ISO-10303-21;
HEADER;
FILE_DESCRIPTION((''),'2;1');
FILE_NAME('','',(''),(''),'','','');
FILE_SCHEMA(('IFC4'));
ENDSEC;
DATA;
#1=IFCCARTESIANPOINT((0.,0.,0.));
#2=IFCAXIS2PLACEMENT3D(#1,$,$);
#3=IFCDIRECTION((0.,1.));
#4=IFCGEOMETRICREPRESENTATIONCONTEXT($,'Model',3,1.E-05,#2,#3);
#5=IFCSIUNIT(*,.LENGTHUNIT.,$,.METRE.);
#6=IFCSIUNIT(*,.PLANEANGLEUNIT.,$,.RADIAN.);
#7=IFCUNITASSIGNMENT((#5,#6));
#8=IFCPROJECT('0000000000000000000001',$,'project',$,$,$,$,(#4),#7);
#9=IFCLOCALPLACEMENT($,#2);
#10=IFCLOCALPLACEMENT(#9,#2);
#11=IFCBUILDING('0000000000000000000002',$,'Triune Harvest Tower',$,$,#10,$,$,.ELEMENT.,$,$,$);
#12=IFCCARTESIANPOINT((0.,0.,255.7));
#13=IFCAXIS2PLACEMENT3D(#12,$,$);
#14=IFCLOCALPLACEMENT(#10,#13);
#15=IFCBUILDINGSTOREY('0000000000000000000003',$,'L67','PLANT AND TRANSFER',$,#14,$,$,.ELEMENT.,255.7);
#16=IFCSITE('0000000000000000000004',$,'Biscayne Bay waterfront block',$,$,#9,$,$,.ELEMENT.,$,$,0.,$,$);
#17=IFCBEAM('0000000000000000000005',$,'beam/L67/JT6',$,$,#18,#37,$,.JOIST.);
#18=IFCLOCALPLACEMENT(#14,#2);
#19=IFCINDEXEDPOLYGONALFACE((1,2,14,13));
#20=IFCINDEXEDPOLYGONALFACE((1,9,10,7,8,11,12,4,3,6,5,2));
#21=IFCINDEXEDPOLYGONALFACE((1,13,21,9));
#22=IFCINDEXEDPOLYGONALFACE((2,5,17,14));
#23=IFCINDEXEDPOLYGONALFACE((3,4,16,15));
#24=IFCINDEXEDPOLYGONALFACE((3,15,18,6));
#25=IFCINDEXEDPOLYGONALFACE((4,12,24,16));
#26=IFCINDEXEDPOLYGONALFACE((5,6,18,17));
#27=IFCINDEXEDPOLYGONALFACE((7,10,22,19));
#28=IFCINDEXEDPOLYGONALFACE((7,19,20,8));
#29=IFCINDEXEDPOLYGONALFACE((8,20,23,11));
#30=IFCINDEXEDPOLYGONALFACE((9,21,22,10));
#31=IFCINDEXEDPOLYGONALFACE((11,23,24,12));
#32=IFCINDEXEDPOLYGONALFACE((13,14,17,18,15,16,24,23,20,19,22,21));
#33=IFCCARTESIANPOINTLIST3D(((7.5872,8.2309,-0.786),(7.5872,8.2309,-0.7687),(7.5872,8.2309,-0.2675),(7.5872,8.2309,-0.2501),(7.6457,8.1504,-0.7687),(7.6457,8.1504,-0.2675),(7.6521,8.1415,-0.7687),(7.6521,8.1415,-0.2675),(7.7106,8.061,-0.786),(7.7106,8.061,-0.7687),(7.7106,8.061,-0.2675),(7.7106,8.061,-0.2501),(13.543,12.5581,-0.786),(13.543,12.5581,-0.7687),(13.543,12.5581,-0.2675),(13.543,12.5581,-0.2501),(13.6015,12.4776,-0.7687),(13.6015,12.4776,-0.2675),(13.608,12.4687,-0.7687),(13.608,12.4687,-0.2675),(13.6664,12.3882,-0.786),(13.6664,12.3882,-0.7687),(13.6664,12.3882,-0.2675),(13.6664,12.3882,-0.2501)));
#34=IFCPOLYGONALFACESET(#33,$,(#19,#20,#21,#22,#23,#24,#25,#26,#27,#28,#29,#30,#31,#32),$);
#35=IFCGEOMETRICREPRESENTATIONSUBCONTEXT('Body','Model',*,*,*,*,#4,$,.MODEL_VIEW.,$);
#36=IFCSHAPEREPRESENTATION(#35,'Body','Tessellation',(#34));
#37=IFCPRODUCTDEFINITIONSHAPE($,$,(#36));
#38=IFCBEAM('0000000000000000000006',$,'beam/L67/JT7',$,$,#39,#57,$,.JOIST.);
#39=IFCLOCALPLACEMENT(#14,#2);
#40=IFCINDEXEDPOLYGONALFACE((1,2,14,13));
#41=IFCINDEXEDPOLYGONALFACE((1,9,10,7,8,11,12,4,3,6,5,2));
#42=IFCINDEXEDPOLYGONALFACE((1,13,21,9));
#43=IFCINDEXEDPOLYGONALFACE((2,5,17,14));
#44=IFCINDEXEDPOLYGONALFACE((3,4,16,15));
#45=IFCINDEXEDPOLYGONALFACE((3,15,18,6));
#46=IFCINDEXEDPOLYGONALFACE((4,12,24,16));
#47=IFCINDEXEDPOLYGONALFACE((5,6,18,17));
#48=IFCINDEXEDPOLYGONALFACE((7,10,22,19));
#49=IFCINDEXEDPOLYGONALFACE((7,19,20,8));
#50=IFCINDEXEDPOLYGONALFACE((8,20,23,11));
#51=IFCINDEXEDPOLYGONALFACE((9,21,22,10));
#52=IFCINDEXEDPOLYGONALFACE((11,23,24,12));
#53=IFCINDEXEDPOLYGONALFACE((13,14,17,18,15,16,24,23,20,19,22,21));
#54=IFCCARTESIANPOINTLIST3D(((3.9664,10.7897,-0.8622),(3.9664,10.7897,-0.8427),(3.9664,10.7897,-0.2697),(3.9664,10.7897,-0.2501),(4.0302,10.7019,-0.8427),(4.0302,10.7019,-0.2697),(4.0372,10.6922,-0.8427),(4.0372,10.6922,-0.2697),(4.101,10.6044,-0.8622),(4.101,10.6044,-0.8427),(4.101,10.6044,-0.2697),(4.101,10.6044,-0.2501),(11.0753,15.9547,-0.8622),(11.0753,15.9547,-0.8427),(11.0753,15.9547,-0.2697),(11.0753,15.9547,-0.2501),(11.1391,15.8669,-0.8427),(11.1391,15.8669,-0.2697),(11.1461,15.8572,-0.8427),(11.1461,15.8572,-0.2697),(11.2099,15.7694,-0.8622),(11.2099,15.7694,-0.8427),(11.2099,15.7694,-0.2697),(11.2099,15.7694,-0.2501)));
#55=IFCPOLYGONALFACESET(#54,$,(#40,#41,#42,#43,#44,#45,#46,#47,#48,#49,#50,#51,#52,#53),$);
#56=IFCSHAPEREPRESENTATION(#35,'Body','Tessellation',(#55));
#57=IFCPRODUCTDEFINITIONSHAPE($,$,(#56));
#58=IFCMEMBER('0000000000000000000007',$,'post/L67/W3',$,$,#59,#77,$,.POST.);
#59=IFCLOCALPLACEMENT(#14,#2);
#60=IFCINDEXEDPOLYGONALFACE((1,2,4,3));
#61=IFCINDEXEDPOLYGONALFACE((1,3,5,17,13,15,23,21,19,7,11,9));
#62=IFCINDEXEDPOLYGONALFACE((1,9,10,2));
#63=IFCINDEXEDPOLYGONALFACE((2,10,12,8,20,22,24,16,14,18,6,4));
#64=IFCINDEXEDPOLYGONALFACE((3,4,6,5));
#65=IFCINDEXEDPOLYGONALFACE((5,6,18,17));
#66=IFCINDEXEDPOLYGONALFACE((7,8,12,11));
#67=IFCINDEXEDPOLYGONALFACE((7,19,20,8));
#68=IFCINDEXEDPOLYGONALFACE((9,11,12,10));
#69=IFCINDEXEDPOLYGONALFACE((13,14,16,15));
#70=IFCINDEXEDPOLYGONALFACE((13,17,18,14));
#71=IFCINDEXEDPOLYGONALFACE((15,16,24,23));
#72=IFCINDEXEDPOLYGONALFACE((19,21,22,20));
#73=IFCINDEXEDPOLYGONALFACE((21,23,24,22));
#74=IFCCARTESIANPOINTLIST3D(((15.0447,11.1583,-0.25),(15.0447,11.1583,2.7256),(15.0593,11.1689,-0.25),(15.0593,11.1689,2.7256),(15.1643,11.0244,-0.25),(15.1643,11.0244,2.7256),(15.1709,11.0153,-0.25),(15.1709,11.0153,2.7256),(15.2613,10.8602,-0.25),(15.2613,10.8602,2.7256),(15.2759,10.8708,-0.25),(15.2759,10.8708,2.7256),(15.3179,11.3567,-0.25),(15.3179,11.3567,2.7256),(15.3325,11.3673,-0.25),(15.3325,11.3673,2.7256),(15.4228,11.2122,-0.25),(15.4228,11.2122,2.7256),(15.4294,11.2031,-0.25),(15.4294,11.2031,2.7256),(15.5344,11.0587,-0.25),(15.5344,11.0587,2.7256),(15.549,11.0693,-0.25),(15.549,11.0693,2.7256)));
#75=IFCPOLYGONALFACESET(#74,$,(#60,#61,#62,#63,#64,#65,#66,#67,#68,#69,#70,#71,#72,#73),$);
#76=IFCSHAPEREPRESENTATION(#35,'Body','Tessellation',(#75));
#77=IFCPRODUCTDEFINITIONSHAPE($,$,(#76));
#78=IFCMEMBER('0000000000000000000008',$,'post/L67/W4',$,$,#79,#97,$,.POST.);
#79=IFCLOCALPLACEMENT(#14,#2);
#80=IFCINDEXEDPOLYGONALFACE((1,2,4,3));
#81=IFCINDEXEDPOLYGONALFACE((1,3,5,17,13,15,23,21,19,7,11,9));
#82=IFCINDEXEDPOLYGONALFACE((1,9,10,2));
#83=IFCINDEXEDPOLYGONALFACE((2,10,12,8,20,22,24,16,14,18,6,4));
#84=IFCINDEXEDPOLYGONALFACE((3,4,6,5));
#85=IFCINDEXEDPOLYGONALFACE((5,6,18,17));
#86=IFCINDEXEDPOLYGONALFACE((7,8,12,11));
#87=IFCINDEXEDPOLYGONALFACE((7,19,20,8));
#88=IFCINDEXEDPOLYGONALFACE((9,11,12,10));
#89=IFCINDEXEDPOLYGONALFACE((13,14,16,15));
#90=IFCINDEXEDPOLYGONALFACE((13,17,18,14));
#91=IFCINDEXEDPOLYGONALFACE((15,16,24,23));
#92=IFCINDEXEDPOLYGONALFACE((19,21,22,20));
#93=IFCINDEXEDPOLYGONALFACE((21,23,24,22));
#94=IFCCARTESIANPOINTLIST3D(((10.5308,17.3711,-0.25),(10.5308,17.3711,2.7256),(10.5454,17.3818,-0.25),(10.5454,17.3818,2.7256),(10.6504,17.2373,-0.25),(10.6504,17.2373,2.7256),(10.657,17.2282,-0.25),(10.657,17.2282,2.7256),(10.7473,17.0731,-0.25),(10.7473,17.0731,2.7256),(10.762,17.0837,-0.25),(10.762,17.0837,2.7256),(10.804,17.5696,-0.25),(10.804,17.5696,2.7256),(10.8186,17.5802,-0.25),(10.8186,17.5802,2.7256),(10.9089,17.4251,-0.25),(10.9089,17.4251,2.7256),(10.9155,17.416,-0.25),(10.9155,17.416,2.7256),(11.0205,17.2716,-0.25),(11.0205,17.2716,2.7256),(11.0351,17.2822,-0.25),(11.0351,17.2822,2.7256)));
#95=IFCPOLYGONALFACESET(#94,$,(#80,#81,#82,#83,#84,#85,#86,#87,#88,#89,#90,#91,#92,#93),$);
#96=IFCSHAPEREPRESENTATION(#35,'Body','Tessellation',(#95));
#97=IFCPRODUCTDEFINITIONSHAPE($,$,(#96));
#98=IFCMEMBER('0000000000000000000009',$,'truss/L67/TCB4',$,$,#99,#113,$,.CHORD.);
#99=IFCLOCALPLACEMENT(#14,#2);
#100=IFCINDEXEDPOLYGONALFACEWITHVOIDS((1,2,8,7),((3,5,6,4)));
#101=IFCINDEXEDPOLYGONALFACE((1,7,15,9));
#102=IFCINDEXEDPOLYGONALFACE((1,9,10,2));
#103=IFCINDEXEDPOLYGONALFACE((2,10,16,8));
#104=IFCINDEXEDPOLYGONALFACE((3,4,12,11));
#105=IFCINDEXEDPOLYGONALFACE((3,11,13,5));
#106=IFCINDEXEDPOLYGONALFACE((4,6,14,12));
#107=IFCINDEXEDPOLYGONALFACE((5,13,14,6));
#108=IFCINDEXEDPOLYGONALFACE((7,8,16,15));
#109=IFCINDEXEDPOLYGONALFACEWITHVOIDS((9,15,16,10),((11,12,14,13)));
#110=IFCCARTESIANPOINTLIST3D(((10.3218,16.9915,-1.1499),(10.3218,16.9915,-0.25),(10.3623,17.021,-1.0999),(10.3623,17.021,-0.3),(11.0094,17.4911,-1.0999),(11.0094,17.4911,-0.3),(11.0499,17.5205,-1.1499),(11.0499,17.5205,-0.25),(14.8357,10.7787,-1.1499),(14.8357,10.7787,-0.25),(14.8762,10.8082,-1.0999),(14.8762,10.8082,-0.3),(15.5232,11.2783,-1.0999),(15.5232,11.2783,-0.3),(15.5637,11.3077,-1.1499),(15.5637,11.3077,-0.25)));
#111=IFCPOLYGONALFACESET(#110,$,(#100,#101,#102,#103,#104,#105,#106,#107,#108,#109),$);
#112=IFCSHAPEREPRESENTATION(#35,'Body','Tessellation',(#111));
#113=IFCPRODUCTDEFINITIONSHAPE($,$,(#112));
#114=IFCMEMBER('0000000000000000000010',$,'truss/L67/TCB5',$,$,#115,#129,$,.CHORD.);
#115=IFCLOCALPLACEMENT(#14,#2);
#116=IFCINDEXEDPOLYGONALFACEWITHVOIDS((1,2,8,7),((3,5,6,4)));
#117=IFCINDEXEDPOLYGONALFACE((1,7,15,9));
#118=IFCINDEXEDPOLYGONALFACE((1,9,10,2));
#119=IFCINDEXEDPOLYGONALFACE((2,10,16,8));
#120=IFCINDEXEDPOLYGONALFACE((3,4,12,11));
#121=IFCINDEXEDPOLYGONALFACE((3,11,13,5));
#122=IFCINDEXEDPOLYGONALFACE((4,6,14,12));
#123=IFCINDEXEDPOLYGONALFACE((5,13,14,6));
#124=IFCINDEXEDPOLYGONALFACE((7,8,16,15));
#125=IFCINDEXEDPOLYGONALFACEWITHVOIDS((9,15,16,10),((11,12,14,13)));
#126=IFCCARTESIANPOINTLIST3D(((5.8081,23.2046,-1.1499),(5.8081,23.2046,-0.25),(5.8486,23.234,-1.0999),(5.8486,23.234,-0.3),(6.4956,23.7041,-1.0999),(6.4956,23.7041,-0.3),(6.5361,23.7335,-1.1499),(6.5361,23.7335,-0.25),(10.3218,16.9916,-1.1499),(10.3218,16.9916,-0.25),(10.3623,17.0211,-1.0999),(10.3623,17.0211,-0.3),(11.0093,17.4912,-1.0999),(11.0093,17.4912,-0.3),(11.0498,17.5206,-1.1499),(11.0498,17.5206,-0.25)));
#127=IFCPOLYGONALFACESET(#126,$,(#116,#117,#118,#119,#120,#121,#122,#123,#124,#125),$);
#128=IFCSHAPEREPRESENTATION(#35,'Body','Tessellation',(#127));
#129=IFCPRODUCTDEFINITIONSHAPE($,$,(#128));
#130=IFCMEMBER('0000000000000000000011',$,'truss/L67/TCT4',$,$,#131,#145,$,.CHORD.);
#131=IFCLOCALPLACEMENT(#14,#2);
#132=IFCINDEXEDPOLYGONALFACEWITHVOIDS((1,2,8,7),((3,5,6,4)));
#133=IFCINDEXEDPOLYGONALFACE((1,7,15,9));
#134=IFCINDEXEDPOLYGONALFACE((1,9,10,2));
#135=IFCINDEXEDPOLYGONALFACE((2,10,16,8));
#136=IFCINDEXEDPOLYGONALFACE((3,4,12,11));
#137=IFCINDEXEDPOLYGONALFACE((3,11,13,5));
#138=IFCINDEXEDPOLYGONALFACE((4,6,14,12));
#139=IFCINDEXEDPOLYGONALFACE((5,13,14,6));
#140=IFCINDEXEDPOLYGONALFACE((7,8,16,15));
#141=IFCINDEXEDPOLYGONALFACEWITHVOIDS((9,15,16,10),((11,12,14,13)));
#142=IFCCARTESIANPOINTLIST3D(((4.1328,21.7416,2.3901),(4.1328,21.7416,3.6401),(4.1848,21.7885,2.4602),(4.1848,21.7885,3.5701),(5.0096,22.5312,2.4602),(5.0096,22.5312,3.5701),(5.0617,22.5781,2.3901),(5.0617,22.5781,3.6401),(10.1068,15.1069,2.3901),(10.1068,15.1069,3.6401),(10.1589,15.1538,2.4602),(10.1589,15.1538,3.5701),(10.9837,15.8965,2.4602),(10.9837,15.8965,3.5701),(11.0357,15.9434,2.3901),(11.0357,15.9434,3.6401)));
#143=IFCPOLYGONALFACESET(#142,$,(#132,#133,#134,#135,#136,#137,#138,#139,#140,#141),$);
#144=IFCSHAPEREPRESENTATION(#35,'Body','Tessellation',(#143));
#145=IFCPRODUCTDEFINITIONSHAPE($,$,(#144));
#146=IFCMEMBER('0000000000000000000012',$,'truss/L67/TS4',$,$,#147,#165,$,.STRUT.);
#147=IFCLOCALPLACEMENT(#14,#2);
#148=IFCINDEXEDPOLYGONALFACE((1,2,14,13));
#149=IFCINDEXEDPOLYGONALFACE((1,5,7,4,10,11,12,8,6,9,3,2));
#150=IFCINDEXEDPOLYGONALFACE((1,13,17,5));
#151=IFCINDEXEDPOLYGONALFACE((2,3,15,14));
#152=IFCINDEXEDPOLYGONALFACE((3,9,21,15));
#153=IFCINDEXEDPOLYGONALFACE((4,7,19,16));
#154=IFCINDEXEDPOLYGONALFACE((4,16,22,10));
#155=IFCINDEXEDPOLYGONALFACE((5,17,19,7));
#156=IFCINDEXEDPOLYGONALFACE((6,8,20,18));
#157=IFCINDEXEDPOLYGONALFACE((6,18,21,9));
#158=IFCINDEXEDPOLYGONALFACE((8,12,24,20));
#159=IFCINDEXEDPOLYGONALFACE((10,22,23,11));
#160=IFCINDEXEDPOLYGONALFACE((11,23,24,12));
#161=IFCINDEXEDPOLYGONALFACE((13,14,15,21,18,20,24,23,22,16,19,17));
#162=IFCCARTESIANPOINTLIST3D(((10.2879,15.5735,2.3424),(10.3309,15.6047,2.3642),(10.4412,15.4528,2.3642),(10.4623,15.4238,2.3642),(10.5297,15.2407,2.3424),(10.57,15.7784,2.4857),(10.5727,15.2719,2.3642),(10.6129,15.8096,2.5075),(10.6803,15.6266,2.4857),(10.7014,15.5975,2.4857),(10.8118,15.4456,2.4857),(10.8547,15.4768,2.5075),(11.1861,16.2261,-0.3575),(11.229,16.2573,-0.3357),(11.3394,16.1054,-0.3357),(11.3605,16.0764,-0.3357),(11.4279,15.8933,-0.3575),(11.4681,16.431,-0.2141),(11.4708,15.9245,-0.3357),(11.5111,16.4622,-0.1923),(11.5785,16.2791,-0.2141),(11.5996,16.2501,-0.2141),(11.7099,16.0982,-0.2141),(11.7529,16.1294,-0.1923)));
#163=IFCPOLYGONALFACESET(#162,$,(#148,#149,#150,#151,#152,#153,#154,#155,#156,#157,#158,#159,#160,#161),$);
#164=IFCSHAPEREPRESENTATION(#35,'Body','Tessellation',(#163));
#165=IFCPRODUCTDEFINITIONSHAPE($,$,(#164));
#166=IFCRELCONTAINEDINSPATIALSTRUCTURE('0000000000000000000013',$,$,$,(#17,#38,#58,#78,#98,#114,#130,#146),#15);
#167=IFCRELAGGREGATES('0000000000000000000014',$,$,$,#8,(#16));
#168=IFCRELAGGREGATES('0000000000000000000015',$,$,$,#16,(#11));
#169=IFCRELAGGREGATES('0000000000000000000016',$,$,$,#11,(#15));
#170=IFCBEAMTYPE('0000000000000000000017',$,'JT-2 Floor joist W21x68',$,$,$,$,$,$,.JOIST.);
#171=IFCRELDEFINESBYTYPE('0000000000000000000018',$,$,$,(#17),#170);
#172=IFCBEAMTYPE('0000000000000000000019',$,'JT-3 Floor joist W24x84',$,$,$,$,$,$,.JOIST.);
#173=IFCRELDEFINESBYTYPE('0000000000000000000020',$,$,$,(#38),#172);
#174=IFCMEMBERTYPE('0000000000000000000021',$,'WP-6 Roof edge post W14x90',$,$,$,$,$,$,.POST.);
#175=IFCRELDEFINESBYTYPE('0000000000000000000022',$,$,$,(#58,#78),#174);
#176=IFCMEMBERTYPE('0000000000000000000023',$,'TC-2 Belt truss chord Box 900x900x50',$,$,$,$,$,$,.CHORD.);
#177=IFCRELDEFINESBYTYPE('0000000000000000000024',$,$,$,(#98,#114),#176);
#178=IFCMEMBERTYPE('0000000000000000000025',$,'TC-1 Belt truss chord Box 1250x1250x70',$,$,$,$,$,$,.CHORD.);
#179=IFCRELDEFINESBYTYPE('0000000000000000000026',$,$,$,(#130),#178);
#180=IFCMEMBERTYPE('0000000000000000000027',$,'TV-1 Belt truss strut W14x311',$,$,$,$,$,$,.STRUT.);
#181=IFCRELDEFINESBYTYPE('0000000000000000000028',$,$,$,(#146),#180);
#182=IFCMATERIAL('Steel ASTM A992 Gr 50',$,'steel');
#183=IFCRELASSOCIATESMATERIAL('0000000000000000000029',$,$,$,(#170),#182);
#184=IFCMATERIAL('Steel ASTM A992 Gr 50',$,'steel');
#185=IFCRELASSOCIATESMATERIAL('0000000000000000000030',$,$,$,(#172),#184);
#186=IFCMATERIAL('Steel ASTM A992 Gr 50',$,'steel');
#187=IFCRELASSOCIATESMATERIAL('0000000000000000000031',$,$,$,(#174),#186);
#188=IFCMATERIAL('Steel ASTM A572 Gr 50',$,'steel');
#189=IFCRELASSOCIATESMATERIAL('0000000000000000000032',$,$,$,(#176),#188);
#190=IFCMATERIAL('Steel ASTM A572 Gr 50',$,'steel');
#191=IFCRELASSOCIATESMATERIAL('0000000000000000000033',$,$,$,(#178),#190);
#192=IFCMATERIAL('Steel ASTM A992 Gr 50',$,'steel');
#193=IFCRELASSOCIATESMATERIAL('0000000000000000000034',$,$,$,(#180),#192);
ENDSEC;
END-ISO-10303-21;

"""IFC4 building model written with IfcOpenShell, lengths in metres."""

from ifc_helpers import new_model, si_unit, direction, frame, origin, origin_2d, place, context, subcontext, project, spatial, hollow_rectangle, i_section, extrude, source, transform, mapped, material, material_profile, profile_set, type_object, element, save


model = new_model("IFC4")

# Units and contexts
model_context = context("Model", 3, precision=1e-05, world=origin(), true_north=direction((0.0, 1.0)))
body_context = subcontext(model_context, "Body", "Model", "MODEL_VIEW")
ifc_project = project(units=[si_unit("LENGTHUNIT", "METRE"), si_unit("PLANEANGLEUNIT", "RADIAN")], contexts=[model_context])

# Site, building, storey
site_placement = place(None, origin())
site = spatial("IfcSite", under=ifc_project, at=site_placement, Name="Biscayne Bay waterfront block", CompositionType="ELEMENT", RefElevation=0.0)
building_placement = place(site_placement, origin())
building = spatial("IfcBuilding", under=site, at=building_placement, Name="Triune Harvest Tower", CompositionType="ELEMENT")
storey_placement = place(building_placement, frame((0.0, 0.0, 255.7)))
storey = spatial("IfcBuildingStorey", under=building, at=storey_placement, Name="L67", Description="PLANT AND TRANSFER", CompositionType="ELEMENT", Elevation=255.7)

# Beams
ifc_material_1 = material(Name="Steel ASTM A992 Gr 50", Category="steel")
ifc_material_profile_1 = material_profile(ifc_material_1, i_section(OverallWidth=0.21, OverallDepth=0.5359, WebThickness=0.011, FlangeThickness=0.0173, at=origin_2d()), Name="W21x68")
ifc_profile_set_1 = profile_set([ifc_material_profile_1], Name="Steel ASTM A992 Gr 50")
beam_type_1 = type_object("IfcBeamType", Name="JT-2 Floor joist W21x68", PredefinedType="JOIST", material=ifc_profile_set_1)
shared_shape_1 = source(origin(), body_context, "Body", "SweptSolid", [
    extrude(i_section(OverallWidth=0.21, OverallDepth=0.5359, WebThickness=0.011, FlangeThickness=0.0173, at=origin_2d()), origin(), (0.0, 0.0, 1.0), 7.3618),
])
beam_1_placement = place(storey_placement, frame((13.6047, 12.4731, -0.5181), z_axis=(-0.809017, -0.587785, 0.0), x_axis=(0.587785, -0.809017, 0.0)))
element("IfcBeam", 1, at=beam_1_placement, inside=storey, type_object=beam_type_1, Name="beam/L67/JT6", PredefinedType="JOIST", context=body_context, shape_type="MappedRepresentation", body=[
    mapped(shared_shape_1, transform((0.0, 0.0, 0.0), scale=1.0)),
])
ifc_material_2 = material(Name="Steel ASTM A992 Gr 50", Category="steel")
ifc_material_profile_2 = material_profile(ifc_material_2, i_section(OverallWidth=0.229, OverallDepth=0.6121, WebThickness=0.012, FlangeThickness=0.0195, at=origin_2d()), Name="W24x84")
ifc_profile_set_2 = profile_set([ifc_material_profile_2], Name="Steel ASTM A992 Gr 50")
beam_type_2 = type_object("IfcBeamType", Name="JT-3 Floor joist W24x84", PredefinedType="JOIST", material=ifc_profile_set_2)
shared_shape_2 = source(origin(), body_context, "Body", "SweptSolid", [
    extrude(i_section(OverallWidth=0.229, OverallDepth=0.6121, WebThickness=0.012, FlangeThickness=0.0195, at=origin_2d()), origin(), (0.0, 0.0, 1.0), 8.7871),
])
beam_2_placement = place(storey_placement, frame((11.1426, 15.8621, -0.5562), z_axis=(-0.80901, -0.587795, 0.0), x_axis=(0.587795, -0.80901, 0.0)))
element("IfcBeam", 2, at=beam_2_placement, inside=storey, type_object=beam_type_2, Name="beam/L67/JT7", PredefinedType="JOIST", context=body_context, shape_type="MappedRepresentation", body=[
    mapped(shared_shape_2, transform((0.0, 0.0, 0.0), scale=1.0)),
])

# Members
ifc_material_3 = material(Name="Steel ASTM A992 Gr 50", Category="steel")
ifc_material_profile_3 = material_profile(ifc_material_3, i_section(OverallWidth=0.3684, OverallDepth=0.3557, WebThickness=0.0112, FlangeThickness=0.0181, at=origin_2d()), Name="W14x90")
ifc_profile_set_3 = profile_set([ifc_material_profile_3], Name="Steel ASTM A992 Gr 50")
member_type_1 = type_object("IfcMemberType", Name="WP-6 Roof edge post W14x90", PredefinedType="POST", material=ifc_profile_set_3)
shared_shape_3 = source(origin(), body_context, "Body", "SweptSolid", [
    extrude(i_section(OverallWidth=0.3684, OverallDepth=0.3557, WebThickness=0.0112, FlangeThickness=0.0181, at=origin_2d()), origin(), (0.0, 0.0, 1.0), 2.9756),
])
for number, where, z_axis, x_axis, name in (
    (3, (15.2969, 11.1138, -0.25), (0.0, 0.0, 1.0), (-0.587785, 0.809017, 0.0), "post/L67/W3"),
    (4, (10.783, 17.3267, -0.25), (0.0, 0.0, 1.0), (-0.587785, 0.809017, 0.0), "post/L67/W4"),
):
    element("IfcMember", number, at=place(storey_placement, frame(where, z_axis=z_axis, x_axis=x_axis)), inside=storey, type_object=member_type_1, Name=name, PredefinedType="POST", context=body_context, shape_type="MappedRepresentation", body=[
        mapped(shared_shape_3, transform((0.0, 0.0, 0.0), scale=1.0)),
    ])
ifc_material_4 = material(Name="Steel ASTM A572 Gr 50", Category="steel")
ifc_material_profile_4 = material_profile(ifc_material_4, hollow_rectangle(XDim=0.8999, YDim=0.8999, WallThickness=0.05, at=origin_2d()), Name="Box 900x900x50")
ifc_profile_set_4 = profile_set([ifc_material_profile_4], Name="Steel ASTM A572 Gr 50")
member_type_2 = type_object("IfcMemberType", Name="TC-2 Belt truss chord Box 900x900x50", PredefinedType="CHORD", material=ifc_profile_set_4)
shared_shape_4 = source(origin(), body_context, "Body", "SweptSolid", [
    extrude(hollow_rectangle(XDim=0.8999, YDim=0.8999, WallThickness=0.05, at=origin_2d()), origin(), (0.0, 0.0, 1.0), 7.6794),
])
for number, where, z_axis, x_axis, name in (
    (5, (15.1997, 11.0432, -0.7), (-0.587784, 0.809018, 0.0), (-0.809018, -0.587784, 0.0), "truss/L67/TCB4"),
    (6, (10.6858, 17.2561, -0.7), (-0.587763, 0.809033, 0.0), (-0.809033, -0.587763, 0.0), "truss/L67/TCB5"),
):
    element("IfcMember", number, at=place(storey_placement, frame(where, z_axis=z_axis, x_axis=x_axis)), inside=storey, type_object=member_type_2, Name=name, PredefinedType="CHORD", context=body_context, shape_type="MappedRepresentation", body=[
        mapped(shared_shape_4, transform((0.0, 0.0, 0.0), scale=1.0)),
    ])
ifc_material_5 = material(Name="Steel ASTM A572 Gr 50", Category="steel")
ifc_material_profile_5 = material_profile(ifc_material_5, hollow_rectangle(XDim=1.25, YDim=1.25, WallThickness=0.0701, at=origin_2d()), Name="Box 1250x1250x70")
ifc_profile_set_5 = profile_set([ifc_material_profile_5], Name="Steel ASTM A572 Gr 50")
member_type_3 = type_object("IfcMemberType", Name="TC-1 Belt truss chord Box 1250x1250x70", PredefinedType="CHORD", material=ifc_profile_set_5)
shared_shape_5 = source(origin(), body_context, "Body", "SweptSolid", [
    extrude(hollow_rectangle(XDim=1.25, YDim=1.25, WallThickness=0.0701, at=origin_2d()), origin(), (0.0, 0.0, 1.0), 8.928),
])
member_1_placement = place(storey_placement, frame((10.5713, 15.5251, 3.0151), z_axis=(-0.66914, 0.743136, 0.0), x_axis=(-0.743136, -0.66914, 0.0)))
element("IfcMember", 7, at=member_1_placement, inside=storey, type_object=member_type_3, Name="truss/L67/TCT4", PredefinedType="CHORD", context=body_context, shape_type="MappedRepresentation", body=[
    mapped(shared_shape_5, transform((0.0, 0.0, 0.0), scale=1.0)),
])
ifc_material_6 = material(Name="Steel ASTM A992 Gr 50", Category="steel")
ifc_material_profile_6 = material_profile(ifc_material_6, i_section(OverallWidth=0.4114, OverallDepth=0.4343, WebThickness=0.0359, FlangeThickness=0.0574, at=origin_2d()), Name="W14x311")
ifc_profile_set_6 = profile_set([ifc_material_profile_6], Name="Steel ASTM A992 Gr 50")
member_type_4 = type_object("IfcMemberType", Name="TV-1 Belt truss strut W14x311", PredefinedType="STRUT", material=ifc_profile_set_6)
shared_shape_6 = source(origin(), body_context, "Body", "SweptSolid", [
    extrude(i_section(OverallWidth=0.4114, OverallDepth=0.4343, WebThickness=0.0359, FlangeThickness=0.0574, at=origin_2d()), origin(), (0.0, 0.0, 1.0), 2.9192),
])
member_2_placement = place(storey_placement, frame((11.4695, 16.1777, -0.2749), z_axis=(-0.307673, -0.223542, 0.92486), x_axis=(0.587792, -0.809012, 0.0)))
element("IfcMember", 8, at=member_2_placement, inside=storey, type_object=member_type_4, Name="truss/L67/TS4", PredefinedType="STRUT", context=body_context, shape_type="MappedRepresentation", body=[
    mapped(shared_shape_6, transform((0.0, 0.0, 0.0), scale=1.0)),
])

save(model, "model.ifc")
